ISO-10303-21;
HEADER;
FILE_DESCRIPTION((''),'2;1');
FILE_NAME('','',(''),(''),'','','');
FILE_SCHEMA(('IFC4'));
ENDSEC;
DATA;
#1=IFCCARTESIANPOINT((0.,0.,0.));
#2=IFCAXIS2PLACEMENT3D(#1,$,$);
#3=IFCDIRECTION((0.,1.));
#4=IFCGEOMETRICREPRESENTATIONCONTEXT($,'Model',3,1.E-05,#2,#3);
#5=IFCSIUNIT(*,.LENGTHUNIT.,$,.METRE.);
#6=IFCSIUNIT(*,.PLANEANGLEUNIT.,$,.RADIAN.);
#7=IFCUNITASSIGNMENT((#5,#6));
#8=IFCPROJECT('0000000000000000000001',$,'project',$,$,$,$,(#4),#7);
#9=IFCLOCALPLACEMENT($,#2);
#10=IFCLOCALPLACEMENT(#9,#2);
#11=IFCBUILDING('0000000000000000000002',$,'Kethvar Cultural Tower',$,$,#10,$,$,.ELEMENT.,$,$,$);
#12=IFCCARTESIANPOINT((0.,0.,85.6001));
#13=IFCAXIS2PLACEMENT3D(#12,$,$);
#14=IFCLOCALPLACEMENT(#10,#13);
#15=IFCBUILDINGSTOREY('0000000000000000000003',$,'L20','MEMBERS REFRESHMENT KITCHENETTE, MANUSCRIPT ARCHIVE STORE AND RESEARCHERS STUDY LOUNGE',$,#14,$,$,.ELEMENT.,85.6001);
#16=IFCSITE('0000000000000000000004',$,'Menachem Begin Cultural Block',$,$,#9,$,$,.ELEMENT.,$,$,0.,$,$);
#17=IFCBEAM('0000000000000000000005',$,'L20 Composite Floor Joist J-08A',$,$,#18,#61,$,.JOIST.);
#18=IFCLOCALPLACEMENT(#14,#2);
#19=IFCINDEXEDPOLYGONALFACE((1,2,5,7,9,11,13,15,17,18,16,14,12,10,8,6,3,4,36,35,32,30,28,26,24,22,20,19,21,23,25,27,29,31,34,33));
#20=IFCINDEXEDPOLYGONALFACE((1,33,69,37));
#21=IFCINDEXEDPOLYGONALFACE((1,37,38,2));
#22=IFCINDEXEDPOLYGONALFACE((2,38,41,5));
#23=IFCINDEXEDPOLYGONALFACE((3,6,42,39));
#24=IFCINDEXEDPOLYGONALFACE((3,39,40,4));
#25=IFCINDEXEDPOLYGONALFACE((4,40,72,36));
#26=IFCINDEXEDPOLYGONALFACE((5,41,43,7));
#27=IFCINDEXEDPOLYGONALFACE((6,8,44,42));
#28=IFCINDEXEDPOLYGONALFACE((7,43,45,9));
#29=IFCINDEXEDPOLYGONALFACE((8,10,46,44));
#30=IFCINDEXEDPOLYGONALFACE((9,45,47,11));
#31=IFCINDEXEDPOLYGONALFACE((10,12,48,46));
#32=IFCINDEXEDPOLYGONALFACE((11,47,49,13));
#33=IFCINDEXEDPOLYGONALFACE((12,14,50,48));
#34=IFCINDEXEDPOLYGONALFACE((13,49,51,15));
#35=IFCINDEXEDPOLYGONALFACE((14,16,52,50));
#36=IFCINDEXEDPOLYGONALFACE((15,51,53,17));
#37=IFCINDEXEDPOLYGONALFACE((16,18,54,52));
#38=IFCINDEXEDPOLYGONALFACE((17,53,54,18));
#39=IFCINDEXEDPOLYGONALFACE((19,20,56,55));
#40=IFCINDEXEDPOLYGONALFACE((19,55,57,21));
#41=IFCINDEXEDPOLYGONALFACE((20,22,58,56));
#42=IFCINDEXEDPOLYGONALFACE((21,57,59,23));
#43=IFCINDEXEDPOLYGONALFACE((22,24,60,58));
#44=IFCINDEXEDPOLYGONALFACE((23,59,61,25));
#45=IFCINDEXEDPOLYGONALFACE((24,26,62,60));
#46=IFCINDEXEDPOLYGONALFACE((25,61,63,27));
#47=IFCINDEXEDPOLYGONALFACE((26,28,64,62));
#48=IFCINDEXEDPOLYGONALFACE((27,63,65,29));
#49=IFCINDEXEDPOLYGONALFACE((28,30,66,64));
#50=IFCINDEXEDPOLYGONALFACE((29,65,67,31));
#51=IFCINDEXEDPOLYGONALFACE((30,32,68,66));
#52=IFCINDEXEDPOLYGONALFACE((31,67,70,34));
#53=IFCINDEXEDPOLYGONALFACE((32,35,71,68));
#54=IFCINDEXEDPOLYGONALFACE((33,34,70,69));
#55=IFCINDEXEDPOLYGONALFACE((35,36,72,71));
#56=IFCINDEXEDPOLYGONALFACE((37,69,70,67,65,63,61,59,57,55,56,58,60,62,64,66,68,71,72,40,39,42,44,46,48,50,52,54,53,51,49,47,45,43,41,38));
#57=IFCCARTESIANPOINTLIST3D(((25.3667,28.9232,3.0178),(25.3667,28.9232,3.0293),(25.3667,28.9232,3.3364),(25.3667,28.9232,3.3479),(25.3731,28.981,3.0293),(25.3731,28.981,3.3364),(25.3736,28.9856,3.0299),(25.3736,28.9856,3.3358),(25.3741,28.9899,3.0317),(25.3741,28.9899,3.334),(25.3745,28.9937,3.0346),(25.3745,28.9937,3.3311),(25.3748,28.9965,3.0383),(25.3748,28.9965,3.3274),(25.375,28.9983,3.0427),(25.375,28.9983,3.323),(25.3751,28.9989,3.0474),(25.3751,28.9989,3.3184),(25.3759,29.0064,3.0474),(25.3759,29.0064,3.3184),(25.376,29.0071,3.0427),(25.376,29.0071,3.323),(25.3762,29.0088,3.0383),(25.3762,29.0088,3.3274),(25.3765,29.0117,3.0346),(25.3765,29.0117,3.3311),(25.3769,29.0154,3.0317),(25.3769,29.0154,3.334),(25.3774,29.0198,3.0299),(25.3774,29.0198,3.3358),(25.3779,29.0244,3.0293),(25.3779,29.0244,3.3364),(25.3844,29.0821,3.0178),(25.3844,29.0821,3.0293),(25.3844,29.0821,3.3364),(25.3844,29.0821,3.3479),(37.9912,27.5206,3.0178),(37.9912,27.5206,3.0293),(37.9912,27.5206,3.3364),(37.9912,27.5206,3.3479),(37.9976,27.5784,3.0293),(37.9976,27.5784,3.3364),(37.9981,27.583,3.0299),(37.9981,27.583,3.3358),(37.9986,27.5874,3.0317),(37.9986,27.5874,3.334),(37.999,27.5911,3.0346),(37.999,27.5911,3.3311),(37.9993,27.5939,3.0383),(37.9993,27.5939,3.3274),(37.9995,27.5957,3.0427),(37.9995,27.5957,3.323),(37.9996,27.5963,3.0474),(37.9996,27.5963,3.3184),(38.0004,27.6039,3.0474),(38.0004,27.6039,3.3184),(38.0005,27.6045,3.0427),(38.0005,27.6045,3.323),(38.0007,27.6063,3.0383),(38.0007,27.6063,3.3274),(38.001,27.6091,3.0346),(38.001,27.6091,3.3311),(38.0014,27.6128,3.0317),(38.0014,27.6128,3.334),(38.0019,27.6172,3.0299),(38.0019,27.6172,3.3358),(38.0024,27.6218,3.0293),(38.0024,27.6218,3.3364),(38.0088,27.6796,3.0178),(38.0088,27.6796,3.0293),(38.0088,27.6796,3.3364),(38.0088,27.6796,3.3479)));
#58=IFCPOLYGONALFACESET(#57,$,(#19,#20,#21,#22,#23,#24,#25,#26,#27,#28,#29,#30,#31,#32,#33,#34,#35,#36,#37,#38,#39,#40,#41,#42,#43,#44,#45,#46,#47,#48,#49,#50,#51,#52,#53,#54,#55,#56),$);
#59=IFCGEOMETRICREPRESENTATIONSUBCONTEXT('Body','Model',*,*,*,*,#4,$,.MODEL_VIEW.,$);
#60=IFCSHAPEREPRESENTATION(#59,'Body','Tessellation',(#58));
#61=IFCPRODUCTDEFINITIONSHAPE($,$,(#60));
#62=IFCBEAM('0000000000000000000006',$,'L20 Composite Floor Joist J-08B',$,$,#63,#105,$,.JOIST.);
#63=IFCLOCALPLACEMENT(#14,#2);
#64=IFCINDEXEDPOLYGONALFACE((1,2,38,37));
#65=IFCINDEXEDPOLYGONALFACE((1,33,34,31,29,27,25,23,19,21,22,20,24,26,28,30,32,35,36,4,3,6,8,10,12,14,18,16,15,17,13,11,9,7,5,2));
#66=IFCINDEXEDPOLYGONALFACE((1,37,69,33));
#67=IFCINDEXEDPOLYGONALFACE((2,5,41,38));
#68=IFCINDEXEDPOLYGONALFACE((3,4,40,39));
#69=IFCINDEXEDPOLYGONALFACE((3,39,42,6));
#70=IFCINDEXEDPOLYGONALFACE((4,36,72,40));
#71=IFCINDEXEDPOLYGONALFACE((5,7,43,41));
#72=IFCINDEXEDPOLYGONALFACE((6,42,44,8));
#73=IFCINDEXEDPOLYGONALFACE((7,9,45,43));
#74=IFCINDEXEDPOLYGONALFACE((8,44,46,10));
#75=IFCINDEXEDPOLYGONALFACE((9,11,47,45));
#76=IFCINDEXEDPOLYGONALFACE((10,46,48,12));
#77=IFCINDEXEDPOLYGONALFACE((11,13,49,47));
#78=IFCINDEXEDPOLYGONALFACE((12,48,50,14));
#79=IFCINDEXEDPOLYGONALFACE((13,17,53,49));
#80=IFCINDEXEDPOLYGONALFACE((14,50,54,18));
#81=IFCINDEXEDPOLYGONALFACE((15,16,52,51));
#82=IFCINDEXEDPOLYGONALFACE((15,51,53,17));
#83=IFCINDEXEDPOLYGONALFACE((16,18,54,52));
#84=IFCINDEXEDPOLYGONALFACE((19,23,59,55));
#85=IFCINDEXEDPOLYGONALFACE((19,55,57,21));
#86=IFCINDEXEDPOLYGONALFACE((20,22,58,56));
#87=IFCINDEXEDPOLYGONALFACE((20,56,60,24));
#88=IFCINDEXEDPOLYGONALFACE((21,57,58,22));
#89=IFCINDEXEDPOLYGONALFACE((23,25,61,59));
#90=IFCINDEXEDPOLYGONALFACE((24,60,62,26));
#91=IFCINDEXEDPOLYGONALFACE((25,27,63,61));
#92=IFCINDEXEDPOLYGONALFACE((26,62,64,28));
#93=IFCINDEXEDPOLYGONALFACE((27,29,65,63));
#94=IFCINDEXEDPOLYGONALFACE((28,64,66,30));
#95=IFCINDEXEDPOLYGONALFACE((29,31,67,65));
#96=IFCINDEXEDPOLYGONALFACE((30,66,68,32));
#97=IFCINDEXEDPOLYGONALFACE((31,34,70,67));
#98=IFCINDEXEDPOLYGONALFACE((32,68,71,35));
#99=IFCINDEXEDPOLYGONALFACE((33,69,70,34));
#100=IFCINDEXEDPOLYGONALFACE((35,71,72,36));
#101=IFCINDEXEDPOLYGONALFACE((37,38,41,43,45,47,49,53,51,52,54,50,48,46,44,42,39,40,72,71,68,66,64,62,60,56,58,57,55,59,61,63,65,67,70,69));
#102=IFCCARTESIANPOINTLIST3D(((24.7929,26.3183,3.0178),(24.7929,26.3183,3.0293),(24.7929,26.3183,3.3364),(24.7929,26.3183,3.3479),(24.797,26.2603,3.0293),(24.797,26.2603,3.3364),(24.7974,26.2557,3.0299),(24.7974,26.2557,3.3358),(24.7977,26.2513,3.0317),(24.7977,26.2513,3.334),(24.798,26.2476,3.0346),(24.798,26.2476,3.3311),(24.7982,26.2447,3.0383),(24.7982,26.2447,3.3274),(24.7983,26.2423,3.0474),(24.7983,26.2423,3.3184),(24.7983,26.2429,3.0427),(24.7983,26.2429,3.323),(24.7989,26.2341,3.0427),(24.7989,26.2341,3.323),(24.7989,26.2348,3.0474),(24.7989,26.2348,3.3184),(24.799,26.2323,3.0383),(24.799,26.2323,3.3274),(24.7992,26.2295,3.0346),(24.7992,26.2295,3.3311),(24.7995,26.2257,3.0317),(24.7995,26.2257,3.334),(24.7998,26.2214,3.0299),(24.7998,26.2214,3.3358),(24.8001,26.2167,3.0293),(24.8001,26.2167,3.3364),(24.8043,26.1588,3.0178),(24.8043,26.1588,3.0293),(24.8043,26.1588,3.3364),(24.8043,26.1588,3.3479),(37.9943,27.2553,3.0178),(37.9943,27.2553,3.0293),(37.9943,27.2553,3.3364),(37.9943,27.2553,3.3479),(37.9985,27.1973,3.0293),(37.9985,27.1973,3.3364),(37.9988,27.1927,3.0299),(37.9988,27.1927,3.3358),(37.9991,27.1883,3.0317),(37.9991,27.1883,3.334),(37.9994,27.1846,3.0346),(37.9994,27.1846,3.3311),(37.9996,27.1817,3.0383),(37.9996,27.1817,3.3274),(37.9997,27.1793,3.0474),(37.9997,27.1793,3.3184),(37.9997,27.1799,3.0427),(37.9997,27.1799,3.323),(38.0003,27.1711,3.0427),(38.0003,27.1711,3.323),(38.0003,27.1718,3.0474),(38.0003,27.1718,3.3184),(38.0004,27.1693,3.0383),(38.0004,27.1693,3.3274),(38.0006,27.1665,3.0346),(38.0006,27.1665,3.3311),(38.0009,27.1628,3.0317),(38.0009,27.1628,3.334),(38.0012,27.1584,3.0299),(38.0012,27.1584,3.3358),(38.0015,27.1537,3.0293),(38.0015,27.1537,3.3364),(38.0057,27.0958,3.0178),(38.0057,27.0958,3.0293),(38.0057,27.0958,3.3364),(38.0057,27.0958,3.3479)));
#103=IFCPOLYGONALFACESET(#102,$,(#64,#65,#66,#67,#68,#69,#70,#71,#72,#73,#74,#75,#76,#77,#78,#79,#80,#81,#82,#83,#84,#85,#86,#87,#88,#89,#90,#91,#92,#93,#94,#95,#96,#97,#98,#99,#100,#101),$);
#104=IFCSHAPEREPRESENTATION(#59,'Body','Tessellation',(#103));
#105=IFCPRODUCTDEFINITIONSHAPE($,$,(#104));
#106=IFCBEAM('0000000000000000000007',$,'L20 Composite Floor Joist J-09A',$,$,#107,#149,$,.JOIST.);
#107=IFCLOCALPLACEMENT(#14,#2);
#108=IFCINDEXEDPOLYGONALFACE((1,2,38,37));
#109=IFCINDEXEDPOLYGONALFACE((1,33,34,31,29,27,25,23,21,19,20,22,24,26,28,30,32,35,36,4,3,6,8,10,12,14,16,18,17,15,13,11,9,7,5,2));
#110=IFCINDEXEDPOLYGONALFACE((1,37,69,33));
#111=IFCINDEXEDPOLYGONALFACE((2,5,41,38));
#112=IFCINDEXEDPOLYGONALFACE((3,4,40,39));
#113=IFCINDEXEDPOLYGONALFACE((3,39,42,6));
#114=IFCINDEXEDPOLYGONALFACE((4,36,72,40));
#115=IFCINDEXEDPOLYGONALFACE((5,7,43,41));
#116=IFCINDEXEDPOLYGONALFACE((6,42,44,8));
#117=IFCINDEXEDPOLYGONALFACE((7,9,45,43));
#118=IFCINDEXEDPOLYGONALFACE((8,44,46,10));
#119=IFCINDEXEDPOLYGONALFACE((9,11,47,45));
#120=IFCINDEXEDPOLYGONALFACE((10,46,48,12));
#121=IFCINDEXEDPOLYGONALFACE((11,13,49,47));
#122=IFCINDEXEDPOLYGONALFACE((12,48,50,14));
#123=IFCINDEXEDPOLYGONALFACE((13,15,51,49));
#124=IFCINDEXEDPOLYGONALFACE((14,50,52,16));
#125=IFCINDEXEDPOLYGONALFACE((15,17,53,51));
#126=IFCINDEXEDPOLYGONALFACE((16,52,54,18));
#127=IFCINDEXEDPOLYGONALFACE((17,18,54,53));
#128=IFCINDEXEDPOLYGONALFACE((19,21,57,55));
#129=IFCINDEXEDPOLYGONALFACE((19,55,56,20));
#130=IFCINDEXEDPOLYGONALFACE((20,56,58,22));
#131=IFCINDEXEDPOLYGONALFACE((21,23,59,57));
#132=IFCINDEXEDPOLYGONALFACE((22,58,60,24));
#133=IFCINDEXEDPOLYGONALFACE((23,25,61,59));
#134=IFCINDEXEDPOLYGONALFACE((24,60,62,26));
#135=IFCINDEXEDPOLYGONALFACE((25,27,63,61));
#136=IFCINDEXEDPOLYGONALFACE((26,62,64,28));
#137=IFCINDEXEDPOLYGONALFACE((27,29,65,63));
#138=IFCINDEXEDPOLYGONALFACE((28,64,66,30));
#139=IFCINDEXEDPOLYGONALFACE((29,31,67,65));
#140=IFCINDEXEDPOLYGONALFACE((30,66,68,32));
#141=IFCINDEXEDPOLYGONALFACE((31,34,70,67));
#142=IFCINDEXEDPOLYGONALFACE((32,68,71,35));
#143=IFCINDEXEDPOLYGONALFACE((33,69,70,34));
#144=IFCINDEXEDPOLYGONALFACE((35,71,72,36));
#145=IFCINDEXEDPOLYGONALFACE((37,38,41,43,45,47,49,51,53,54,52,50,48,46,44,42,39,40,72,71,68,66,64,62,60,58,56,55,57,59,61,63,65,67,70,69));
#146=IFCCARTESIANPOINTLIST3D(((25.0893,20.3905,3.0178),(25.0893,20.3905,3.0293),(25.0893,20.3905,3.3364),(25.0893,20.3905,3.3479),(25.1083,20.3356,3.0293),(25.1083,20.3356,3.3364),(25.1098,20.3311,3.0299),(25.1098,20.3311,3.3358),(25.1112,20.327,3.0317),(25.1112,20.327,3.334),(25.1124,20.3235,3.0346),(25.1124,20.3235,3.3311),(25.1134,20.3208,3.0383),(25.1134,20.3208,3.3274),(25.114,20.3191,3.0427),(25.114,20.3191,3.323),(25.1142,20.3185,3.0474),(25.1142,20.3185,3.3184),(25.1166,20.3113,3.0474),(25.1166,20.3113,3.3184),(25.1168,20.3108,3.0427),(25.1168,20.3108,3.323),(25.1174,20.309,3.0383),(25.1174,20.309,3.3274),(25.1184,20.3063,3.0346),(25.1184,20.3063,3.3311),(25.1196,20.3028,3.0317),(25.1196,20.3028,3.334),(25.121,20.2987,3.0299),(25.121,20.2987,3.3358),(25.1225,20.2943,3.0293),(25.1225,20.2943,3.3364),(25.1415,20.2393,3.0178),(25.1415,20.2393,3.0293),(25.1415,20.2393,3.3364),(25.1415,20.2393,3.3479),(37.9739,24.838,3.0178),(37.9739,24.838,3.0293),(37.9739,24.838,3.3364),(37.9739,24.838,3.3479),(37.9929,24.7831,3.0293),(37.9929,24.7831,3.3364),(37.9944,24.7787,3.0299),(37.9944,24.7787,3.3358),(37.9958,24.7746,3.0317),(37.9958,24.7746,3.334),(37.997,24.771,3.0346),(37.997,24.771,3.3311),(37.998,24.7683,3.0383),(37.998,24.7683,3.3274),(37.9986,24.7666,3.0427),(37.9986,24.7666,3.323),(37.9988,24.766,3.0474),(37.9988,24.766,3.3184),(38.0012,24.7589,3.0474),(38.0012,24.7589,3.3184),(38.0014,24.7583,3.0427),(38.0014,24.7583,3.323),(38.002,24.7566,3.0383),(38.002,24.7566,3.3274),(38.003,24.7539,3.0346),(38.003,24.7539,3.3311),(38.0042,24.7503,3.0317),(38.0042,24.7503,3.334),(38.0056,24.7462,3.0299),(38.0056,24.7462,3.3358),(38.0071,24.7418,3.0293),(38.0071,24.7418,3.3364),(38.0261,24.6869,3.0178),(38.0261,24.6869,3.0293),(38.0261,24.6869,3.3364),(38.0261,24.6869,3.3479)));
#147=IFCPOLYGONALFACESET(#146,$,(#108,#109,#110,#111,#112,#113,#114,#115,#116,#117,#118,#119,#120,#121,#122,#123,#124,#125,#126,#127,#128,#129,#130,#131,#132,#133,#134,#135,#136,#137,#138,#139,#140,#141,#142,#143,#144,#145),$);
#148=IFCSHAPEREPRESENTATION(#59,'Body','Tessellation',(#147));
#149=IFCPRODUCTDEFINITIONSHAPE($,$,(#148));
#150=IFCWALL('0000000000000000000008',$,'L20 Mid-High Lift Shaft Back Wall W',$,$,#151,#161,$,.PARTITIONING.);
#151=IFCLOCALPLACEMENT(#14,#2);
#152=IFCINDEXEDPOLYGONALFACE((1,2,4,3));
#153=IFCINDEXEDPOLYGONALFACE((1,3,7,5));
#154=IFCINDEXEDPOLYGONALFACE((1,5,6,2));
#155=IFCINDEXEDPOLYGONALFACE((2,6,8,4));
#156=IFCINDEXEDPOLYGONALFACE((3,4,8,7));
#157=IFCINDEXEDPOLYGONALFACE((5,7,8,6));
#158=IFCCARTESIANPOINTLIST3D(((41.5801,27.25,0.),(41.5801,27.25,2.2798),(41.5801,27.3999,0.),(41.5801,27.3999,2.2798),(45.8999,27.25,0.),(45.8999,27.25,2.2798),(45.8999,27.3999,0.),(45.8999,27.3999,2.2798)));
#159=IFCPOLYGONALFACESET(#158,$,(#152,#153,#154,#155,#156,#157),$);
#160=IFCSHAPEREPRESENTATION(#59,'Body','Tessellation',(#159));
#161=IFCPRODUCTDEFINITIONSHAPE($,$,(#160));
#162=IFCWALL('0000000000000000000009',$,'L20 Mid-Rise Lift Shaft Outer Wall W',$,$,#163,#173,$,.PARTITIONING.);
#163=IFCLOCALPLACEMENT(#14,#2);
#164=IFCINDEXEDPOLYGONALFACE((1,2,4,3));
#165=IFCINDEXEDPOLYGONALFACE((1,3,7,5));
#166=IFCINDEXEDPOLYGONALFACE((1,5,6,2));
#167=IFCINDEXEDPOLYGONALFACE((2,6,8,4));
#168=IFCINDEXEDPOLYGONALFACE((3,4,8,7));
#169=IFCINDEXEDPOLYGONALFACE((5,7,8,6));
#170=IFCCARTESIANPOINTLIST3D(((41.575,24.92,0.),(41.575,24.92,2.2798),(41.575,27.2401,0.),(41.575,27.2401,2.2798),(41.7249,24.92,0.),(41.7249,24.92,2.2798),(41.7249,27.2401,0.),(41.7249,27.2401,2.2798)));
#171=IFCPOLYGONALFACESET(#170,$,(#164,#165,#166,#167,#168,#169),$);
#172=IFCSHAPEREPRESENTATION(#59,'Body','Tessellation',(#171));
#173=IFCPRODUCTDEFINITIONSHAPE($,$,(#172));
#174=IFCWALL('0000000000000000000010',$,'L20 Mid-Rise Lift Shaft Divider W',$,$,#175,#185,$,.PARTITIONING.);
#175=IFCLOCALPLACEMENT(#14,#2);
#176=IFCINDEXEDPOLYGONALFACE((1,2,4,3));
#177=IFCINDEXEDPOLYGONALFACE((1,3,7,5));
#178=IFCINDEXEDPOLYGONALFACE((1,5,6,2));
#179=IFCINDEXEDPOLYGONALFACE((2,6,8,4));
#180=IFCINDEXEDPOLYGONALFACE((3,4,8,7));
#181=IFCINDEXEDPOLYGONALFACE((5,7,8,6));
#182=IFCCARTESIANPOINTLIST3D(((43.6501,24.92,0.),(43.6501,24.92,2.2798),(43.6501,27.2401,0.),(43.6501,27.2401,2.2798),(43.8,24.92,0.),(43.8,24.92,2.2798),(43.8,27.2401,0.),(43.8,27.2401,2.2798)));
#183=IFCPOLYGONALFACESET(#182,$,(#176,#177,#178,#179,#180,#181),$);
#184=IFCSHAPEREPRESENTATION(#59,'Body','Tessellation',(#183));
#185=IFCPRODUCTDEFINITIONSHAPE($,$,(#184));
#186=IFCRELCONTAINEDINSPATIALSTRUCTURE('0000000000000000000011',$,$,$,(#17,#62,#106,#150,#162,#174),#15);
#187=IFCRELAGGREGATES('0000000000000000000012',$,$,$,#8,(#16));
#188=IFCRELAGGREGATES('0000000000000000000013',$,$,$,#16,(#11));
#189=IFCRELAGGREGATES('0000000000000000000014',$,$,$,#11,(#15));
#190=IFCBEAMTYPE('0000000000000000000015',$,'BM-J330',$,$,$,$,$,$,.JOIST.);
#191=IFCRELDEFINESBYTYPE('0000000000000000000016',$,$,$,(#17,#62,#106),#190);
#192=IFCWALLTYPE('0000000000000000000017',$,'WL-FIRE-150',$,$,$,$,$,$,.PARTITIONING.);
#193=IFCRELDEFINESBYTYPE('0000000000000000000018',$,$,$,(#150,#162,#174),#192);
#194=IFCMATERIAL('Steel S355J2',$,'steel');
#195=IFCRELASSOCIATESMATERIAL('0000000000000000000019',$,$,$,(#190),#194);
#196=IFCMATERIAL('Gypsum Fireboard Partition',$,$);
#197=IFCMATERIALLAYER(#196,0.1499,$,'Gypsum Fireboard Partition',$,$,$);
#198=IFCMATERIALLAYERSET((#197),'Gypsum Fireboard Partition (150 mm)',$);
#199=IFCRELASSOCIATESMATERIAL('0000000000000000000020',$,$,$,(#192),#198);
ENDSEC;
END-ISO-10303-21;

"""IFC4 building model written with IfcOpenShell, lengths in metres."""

from ifc_helpers import new_model, si_unit, direction, frame, frame_2d, origin, origin_2d, place, context, subcontext, project, spatial, rectangle, i_section, extrude, source, transform, mapped, material, layer, layer_set, material_profile, profile_set, type_object, element, save


model = new_model("IFC4")

# Units and contexts
model_context = context("Model", 3, precision=1e-05, world=origin(), true_north=direction((0.0, 1.0)))
body_context = subcontext(model_context, "Body", "Model", "MODEL_VIEW")
ifc_project = project(units=[si_unit("LENGTHUNIT", "METRE"), si_unit("PLANEANGLEUNIT", "RADIAN")], contexts=[model_context])

# Site, building, storey
site_placement = place(None, origin())
site = spatial("IfcSite", under=ifc_project, at=site_placement, Name="Menachem Begin Cultural Block", CompositionType="ELEMENT", RefElevation=0.0)
building_placement = place(site_placement, origin())
building = spatial("IfcBuilding", under=site, at=building_placement, Name="Kethvar Cultural Tower", CompositionType="ELEMENT")
storey_placement = place(building_placement, frame((0.0, 0.0, 85.6001)))
storey = spatial("IfcBuildingStorey", under=building, at=storey_placement, Name="L20", Description="MEMBERS REFRESHMENT KITCHENETTE, MANUSCRIPT ARCHIVE STORE AND RESEARCHERS STUDY LOUNGE", CompositionType="ELEMENT", Elevation=85.6001)

# Beams
ifc_material_1 = material(Name="Steel S355J2", Category="steel")
ifc_material_profile_1 = material_profile(ifc_material_1, i_section(OverallWidth=0.1599, OverallDepth=0.3301, WebThickness=0.0076, FlangeThickness=0.0115, FilletRadius=0.0181, at=origin_2d()), Name="Steel S355J2 — IPE330")
ifc_profile_set_1 = profile_set([ifc_material_profile_1], Name="Steel S355J2 — IPE330")
beam_type_1 = type_object("IfcBeamType", Name="BM-J330", PredefinedType="JOIST", material=ifc_profile_set_1)
shared_shape_1 = source(origin(), body_context, "Body", "SweptSolid", [
    extrude(i_section(OverallWidth=0.1599, OverallDepth=0.3301, WebThickness=0.0076, FlangeThickness=0.0115, FilletRadius=0.0181, at=origin_2d()), origin(), (0.0, 0.0, 1.0), 12.7021),
])
beam_1_placement = place(storey_placement, frame((38.0, 27.6001, 3.1829), z_axis=(-0.993885, 0.110421, 0.0), x_axis=(-0.110421, -0.993885, 0.0)))
element("IfcBeam", 1, at=beam_1_placement, inside=storey, type_object=beam_type_1, Name="L20 Composite Floor Joist J-08A", PredefinedType="JOIST", context=body_context, shape_type="MappedRepresentation", body=[
    mapped(shared_shape_1, transform((0.0, 0.0, 0.0), scale=1.0)),
])
shared_shape_2 = source(origin(), body_context, "Body", "SweptSolid", [
    extrude(i_section(OverallWidth=0.1599, OverallDepth=0.3301, WebThickness=0.0076, FlangeThickness=0.0115, FilletRadius=0.0181, at=origin_2d()), origin(), (0.0, 0.0, 1.0), 13.2346),
])
beam_2_placement = place(storey_placement, frame((38.0, 27.1755, 3.1829), z_axis=(-0.997491, -0.0708, 0.0), x_axis=(0.0708, -0.997491, 0.0)))
element("IfcBeam", 2, at=beam_2_placement, inside=storey, type_object=beam_type_1, Name="L20 Composite Floor Joist J-08B", PredefinedType="JOIST", context=body_context, shape_type="MappedRepresentation", body=[
    mapped(shared_shape_2, transform((0.0, 0.0, 0.0), scale=1.0)),
])
shared_shape_3 = source(origin(), body_context, "Body", "SweptSolid", [
    extrude(i_section(OverallWidth=0.1599, OverallDepth=0.3301, WebThickness=0.0076, FlangeThickness=0.0115, FilletRadius=0.0181, at=origin_2d()), origin(), (0.0, 0.0, 1.0), 13.6306),
])
beam_3_placement = place(storey_placement, frame((38.0, 24.7625, 3.1829), z_axis=(-0.94527, -0.32629, 0.0), x_axis=(0.32629, -0.94527, 0.0)))
element("IfcBeam", 3, at=beam_3_placement, inside=storey, type_object=beam_type_1, Name="L20 Composite Floor Joist J-09A", PredefinedType="JOIST", context=body_context, shape_type="MappedRepresentation", body=[
    mapped(shared_shape_3, transform((0.0, 0.0, 0.0), scale=1.0)),
])

# Walls
ifc_material_2 = material(Name="Gypsum Fireboard Partition")
ifc_layer_1 = layer(ifc_material_2, 0.1499, Name="Gypsum Fireboard Partition")
ifc_layer_set_1 = layer_set([ifc_layer_1], Name="Gypsum Fireboard Partition (150 mm)")
wall_type_1 = type_object("IfcWallType", Name="WL-FIRE-150", PredefinedType="PARTITIONING", material=ifc_layer_set_1)
wall_1_placement = place(storey_placement, frame((41.5801, 27.325, 0.0), z_axis=(0.0, 0.0, 1.0), x_axis=(1.0, 0.0, 0.0)))
element("IfcWall", 4, at=wall_1_placement, inside=storey, type_object=wall_type_1, Name="L20 Mid-High Lift Shaft Back Wall W", PredefinedType="PARTITIONING", context=body_context, shape_type="SweptSolid", body=[
    extrude(rectangle(XDim=4.3198, YDim=0.1499, at=frame_2d((2.1599, 0.0))), origin(), (0.0, 0.0, 1.0), 2.2798),
])
for number, where, z_axis, x_axis, name in (
    (5, (41.6499, 24.9199, 0.0), (0.0, 0.0, 1.0), (0.0, 1.0, 0.0), "L20 Mid-Rise Lift Shaft Outer Wall W"),
    (6, (43.7251, 24.9199, 0.0), (0.0, 0.0, 1.0), (0.0, 1.0, 0.0), "L20 Mid-Rise Lift Shaft Divider W"),
):
    element("IfcWall", number, at=place(storey_placement, frame(where, z_axis=z_axis, x_axis=x_axis)), inside=storey, type_object=wall_type_1, Name=name, PredefinedType="PARTITIONING", context=body_context, shape_type="SweptSolid", body=[
        extrude(rectangle(XDim=2.3201, YDim=0.1499, at=frame_2d((1.1602, 0.0))), origin(), (0.0, 0.0, 1.0), 2.2798),
    ])

save(model, "model.ifc")
